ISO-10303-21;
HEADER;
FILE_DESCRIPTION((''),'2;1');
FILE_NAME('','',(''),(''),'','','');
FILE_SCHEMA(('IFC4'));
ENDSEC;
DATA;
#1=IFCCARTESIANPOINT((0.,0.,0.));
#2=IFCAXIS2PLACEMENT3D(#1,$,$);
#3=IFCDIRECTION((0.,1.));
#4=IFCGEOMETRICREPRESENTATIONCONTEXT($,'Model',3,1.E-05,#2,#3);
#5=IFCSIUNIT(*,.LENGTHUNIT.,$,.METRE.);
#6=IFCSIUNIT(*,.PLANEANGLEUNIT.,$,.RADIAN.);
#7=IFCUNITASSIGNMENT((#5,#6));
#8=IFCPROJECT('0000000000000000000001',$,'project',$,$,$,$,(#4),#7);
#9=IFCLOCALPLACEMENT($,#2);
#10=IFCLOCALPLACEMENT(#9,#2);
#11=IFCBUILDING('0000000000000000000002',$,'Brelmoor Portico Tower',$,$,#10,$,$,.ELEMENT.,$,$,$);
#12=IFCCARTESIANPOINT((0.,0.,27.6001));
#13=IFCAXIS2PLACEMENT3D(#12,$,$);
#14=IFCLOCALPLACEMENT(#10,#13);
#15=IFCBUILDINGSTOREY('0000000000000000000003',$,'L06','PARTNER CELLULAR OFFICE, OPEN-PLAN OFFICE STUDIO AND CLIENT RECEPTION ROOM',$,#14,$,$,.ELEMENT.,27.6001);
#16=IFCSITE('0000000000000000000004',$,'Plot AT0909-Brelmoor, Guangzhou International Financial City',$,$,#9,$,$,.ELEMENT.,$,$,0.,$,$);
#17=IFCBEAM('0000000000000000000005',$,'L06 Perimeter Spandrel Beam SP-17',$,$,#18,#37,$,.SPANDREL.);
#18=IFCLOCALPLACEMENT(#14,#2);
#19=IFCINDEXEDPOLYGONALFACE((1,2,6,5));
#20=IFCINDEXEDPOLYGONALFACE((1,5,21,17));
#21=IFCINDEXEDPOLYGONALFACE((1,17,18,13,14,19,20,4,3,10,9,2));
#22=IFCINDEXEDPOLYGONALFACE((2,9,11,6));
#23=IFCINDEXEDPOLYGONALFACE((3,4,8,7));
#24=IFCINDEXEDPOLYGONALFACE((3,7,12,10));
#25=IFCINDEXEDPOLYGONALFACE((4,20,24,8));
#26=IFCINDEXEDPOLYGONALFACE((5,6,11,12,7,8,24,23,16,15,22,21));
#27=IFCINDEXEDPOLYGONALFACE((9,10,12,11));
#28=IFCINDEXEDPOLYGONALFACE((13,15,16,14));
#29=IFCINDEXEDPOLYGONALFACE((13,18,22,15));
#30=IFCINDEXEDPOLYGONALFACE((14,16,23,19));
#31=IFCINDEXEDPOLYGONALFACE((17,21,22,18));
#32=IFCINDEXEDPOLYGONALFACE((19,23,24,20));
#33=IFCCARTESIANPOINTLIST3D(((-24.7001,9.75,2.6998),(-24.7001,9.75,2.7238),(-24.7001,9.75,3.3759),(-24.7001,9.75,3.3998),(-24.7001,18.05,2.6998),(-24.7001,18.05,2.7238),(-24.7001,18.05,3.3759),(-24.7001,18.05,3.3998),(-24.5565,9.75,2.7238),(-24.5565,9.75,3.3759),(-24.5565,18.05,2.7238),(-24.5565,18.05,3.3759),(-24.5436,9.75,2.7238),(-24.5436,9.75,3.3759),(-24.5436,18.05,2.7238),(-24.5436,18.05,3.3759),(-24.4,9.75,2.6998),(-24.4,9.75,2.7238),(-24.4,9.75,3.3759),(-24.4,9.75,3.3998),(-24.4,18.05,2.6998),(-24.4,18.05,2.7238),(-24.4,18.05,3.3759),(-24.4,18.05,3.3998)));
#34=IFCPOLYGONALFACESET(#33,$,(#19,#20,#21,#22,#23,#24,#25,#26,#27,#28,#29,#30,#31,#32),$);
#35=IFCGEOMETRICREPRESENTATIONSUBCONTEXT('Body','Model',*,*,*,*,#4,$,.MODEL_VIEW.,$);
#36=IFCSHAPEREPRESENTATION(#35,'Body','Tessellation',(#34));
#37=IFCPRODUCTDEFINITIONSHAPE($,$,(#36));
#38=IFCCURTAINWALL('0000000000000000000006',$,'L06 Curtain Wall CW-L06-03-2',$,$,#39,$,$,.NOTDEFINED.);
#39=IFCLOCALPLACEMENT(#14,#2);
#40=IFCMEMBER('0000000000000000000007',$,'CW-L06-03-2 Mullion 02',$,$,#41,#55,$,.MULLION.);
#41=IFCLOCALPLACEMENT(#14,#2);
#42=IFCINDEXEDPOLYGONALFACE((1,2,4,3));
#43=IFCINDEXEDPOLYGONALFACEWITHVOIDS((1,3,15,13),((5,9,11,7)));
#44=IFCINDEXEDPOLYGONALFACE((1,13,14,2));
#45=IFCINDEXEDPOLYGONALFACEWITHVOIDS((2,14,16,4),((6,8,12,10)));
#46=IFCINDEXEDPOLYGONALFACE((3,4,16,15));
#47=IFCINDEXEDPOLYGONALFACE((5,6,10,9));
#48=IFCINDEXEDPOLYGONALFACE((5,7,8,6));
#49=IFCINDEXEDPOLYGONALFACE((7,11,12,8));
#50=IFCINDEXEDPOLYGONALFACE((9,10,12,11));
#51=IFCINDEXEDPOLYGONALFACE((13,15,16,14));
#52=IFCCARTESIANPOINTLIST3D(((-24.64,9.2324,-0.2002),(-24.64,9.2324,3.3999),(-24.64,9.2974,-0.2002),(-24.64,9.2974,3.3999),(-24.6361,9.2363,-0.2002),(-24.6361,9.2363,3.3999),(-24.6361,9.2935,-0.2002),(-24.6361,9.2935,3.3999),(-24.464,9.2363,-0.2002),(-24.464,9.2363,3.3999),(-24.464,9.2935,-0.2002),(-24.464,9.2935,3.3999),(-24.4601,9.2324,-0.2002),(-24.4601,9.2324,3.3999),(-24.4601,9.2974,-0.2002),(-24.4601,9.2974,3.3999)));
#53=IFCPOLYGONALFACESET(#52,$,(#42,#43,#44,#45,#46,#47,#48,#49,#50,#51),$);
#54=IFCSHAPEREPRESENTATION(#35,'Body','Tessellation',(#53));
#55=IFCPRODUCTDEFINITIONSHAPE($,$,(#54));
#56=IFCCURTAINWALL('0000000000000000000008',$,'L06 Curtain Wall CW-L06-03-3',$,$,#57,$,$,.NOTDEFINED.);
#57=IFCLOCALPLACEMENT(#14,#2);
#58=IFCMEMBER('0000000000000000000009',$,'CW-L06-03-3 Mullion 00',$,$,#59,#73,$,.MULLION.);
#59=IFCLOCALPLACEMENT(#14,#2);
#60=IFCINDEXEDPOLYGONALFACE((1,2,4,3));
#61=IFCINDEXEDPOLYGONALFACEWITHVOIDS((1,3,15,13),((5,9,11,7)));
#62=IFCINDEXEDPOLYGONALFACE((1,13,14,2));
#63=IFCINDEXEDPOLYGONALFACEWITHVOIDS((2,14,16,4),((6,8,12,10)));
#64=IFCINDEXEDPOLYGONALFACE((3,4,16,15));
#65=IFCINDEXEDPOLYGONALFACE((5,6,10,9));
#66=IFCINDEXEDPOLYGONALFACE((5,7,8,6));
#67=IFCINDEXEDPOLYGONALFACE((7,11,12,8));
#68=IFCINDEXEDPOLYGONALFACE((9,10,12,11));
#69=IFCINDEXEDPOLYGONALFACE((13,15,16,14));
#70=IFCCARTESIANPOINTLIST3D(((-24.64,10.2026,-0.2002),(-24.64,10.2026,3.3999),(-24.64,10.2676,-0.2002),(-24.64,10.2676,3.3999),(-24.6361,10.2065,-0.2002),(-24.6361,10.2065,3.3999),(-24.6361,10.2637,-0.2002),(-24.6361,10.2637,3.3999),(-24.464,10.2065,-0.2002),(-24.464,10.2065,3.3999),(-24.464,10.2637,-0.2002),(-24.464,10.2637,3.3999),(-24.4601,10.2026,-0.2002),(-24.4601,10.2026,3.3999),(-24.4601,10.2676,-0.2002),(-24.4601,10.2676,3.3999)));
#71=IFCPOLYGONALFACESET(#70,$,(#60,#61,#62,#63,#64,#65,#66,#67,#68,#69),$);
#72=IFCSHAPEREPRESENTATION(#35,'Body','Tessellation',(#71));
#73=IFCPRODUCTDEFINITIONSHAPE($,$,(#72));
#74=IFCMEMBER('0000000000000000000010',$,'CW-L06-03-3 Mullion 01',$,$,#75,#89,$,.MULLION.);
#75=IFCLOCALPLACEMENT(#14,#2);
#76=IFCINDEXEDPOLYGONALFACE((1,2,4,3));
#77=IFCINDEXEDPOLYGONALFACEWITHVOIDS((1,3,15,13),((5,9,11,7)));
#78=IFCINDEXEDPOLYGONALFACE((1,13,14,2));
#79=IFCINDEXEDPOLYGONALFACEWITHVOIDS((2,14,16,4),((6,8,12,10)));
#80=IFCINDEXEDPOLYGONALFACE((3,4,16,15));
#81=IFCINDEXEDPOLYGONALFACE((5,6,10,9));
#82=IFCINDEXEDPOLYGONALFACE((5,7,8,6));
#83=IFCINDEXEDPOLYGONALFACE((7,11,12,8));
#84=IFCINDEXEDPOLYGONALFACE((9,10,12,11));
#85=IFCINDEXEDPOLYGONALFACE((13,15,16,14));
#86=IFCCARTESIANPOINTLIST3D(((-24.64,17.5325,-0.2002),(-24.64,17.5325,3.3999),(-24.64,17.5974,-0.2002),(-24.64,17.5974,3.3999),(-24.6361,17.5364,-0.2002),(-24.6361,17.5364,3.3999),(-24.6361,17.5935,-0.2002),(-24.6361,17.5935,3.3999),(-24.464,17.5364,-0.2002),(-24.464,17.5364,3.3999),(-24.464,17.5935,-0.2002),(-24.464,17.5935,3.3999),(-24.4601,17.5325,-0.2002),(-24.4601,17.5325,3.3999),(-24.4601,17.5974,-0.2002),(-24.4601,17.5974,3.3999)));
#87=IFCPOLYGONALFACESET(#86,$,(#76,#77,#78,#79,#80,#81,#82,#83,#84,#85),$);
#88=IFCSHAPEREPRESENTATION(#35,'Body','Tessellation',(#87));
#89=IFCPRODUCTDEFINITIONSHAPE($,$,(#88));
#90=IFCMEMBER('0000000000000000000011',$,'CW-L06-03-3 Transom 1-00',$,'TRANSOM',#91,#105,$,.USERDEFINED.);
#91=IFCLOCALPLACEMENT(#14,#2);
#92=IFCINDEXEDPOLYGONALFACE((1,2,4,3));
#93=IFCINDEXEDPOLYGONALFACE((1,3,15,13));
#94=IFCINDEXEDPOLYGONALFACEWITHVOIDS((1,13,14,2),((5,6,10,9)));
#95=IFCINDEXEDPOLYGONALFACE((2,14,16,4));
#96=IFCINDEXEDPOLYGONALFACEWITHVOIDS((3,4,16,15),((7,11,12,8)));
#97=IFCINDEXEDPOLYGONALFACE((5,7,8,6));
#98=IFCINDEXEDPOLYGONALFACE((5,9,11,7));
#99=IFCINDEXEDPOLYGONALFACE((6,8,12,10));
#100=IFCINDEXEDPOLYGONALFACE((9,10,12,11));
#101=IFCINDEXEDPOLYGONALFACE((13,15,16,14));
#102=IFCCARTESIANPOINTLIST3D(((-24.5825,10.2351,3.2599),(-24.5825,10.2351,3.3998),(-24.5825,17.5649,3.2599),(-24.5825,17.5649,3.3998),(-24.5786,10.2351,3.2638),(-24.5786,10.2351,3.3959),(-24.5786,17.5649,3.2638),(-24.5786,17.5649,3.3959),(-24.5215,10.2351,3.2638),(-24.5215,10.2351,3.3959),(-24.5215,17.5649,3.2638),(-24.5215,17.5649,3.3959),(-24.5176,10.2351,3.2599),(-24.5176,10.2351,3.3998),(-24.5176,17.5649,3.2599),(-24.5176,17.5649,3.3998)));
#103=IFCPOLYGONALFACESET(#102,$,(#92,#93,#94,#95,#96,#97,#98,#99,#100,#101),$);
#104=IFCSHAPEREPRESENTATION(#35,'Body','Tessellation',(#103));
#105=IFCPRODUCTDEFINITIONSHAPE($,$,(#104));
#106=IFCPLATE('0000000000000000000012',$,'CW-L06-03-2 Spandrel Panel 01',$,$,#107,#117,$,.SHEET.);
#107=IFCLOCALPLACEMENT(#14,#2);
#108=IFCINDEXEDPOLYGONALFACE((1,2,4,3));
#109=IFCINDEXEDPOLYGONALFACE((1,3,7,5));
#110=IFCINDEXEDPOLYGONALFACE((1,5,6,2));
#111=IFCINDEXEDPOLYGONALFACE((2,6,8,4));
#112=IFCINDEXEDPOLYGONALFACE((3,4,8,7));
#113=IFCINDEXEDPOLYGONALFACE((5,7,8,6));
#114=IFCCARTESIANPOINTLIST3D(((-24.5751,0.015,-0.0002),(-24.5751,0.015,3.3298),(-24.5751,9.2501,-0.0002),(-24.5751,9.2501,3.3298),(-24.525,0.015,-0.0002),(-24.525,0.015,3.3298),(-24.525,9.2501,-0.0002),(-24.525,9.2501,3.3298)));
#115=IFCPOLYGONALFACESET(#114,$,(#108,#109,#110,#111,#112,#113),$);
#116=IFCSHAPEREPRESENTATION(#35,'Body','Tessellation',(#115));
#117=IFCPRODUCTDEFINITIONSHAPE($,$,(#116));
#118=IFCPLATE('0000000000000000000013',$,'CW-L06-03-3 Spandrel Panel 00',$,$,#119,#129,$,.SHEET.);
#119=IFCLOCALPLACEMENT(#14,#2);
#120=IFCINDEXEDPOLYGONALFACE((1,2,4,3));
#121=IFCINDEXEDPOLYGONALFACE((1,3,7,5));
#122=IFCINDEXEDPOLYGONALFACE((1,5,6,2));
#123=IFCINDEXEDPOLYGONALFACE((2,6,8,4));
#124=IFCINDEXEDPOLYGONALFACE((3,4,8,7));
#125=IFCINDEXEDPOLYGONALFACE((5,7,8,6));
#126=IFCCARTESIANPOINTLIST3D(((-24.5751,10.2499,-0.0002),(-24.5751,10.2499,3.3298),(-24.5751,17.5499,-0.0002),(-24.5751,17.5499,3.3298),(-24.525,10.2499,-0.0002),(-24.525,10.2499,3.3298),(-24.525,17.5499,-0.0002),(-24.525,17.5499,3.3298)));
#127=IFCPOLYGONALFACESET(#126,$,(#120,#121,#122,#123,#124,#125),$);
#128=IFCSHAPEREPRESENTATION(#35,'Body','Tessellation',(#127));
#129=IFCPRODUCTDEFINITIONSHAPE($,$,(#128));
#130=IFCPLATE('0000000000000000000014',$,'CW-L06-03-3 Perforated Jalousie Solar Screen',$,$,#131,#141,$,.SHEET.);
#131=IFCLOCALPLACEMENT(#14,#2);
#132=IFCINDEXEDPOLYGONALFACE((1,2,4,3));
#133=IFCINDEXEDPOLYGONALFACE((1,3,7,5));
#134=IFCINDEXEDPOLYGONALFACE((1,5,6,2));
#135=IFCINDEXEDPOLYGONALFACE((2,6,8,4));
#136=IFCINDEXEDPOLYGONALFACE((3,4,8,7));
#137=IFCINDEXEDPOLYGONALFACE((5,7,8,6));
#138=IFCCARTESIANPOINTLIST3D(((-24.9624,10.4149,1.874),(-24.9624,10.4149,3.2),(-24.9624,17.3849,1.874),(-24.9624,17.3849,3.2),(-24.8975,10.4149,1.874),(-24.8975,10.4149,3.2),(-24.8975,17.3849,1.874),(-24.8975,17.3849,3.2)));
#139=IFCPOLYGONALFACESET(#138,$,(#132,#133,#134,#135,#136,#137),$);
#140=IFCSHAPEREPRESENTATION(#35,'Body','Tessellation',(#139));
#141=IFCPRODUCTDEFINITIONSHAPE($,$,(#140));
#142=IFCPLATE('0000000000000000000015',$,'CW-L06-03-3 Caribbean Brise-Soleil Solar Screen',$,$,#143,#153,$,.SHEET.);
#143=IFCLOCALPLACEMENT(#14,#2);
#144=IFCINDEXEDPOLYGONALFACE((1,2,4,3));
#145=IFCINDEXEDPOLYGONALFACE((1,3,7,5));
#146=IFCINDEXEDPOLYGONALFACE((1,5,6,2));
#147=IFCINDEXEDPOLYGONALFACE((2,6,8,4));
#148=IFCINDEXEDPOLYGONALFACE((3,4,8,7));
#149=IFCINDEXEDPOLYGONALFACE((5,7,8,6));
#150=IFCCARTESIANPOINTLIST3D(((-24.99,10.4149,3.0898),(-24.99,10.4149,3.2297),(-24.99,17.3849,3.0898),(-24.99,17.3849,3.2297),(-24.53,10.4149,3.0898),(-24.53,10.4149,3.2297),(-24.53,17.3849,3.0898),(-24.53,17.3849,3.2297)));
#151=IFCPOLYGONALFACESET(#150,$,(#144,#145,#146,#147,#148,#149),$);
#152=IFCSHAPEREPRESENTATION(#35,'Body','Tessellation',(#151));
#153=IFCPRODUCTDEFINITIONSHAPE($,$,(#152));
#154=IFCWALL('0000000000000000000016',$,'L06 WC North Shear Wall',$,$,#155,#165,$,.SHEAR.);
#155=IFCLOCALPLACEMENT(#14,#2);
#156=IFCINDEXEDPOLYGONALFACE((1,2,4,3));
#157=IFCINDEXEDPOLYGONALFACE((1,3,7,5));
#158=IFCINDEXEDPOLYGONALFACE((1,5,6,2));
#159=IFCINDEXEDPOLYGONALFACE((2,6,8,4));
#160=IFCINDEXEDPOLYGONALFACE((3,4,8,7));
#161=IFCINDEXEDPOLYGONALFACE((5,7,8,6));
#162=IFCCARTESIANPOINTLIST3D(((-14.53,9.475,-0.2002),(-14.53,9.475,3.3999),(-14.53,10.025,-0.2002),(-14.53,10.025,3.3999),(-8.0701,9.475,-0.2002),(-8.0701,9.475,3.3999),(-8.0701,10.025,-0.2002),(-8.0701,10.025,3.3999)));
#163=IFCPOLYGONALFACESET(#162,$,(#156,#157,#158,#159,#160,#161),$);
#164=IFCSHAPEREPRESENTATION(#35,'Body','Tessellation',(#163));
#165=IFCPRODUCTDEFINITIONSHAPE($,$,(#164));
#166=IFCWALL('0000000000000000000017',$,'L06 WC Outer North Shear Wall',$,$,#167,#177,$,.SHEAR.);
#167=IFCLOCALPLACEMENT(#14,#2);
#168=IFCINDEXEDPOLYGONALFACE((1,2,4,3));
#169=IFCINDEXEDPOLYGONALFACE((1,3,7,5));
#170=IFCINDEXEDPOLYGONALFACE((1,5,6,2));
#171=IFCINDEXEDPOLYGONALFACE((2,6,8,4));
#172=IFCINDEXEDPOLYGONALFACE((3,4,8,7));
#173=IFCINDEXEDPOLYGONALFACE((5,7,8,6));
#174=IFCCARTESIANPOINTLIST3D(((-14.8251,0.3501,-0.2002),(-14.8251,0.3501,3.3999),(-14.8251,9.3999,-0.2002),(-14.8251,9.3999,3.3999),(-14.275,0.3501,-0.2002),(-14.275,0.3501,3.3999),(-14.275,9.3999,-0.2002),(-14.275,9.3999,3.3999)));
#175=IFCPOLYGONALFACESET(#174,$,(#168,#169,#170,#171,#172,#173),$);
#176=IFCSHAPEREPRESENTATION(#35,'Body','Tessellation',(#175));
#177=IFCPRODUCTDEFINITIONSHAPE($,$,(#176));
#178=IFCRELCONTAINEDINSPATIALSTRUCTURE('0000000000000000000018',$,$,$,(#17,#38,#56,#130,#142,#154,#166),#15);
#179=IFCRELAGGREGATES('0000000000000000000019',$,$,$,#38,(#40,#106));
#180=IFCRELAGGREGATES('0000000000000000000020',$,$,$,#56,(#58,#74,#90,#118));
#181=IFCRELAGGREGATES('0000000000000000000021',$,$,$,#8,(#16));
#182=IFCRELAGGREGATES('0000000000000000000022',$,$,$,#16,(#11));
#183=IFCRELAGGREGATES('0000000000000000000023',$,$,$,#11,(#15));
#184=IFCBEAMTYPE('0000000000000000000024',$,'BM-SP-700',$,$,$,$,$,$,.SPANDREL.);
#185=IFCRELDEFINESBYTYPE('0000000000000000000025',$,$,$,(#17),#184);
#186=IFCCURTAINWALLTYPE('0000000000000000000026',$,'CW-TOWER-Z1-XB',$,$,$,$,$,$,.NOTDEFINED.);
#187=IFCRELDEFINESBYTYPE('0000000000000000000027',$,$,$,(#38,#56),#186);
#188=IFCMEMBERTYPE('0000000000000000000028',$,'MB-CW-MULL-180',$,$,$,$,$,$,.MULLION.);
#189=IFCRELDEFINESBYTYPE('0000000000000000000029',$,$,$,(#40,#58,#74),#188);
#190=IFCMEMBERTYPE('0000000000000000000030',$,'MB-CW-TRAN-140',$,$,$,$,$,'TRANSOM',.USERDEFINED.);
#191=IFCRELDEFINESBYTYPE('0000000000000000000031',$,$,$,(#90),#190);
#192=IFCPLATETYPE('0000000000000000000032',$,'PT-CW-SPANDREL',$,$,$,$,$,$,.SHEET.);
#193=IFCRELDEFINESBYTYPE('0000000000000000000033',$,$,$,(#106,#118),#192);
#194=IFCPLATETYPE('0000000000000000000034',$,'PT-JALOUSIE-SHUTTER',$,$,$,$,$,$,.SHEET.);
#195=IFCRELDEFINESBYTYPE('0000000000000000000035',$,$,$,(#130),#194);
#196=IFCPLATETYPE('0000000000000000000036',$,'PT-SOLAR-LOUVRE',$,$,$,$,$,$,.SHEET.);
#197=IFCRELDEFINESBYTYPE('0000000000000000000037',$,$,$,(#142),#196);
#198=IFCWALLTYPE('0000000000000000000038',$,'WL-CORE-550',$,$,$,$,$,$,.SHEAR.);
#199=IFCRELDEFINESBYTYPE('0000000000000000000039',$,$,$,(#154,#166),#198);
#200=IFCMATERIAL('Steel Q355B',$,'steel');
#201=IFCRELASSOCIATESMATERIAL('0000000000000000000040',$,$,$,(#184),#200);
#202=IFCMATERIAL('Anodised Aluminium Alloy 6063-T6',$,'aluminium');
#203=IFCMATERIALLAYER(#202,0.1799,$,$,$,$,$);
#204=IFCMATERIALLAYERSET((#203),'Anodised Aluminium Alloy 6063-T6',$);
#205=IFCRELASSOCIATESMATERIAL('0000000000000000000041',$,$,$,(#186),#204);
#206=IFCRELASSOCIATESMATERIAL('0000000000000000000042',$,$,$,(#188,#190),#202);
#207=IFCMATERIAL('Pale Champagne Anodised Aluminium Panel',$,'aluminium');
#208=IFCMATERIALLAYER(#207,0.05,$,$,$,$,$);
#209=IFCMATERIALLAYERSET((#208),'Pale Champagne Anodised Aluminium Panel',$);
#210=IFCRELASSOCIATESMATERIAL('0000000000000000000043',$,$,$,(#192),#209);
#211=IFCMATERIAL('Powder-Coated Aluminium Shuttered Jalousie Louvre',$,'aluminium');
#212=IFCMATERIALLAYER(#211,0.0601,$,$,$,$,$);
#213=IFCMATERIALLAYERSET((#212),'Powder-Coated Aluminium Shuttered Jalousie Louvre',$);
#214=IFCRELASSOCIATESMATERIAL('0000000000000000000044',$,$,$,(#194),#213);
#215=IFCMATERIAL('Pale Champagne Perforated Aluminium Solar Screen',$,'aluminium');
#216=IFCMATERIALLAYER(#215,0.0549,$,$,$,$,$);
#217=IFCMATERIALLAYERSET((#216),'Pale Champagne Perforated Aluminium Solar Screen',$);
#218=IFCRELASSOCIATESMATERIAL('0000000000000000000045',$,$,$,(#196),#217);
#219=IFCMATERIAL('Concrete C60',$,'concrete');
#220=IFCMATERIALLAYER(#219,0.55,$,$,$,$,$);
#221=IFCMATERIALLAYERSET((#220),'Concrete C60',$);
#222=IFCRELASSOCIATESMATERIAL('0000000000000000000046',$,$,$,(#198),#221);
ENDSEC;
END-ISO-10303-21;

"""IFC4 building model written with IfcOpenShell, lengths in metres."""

from ifc_helpers import new_model, si_unit, direction, frame, frame_2d, origin, origin_2d, place, context, subcontext, project, spatial, rectangle, hollow_rectangle, i_section, extrude, material, layer, layer_set, material_profile, profile_set, type_object, element, aggregate, save


model = new_model("IFC4")

# Units and contexts
model_context = context("Model", 3, precision=1e-05, world=origin(), true_north=direction((0.0, 1.0)))
body_context = subcontext(model_context, "Body", "Model", "MODEL_VIEW")
ifc_project = project(units=[si_unit("LENGTHUNIT", "METRE"), si_unit("PLANEANGLEUNIT", "RADIAN")], contexts=[model_context])

# Site, building, storey
site_placement = place(None, origin())
site = spatial("IfcSite", under=ifc_project, at=site_placement, Name="Plot AT0909-Brelmoor, Guangzhou International Financial City", CompositionType="ELEMENT", RefElevation=0.0)
building_placement = place(site_placement, origin())
building = spatial("IfcBuilding", under=site, at=building_placement, Name="Brelmoor Portico Tower", CompositionType="ELEMENT")
storey_placement = place(building_placement, frame((0.0, 0.0, 27.6001)))
storey = spatial("IfcBuildingStorey", under=building, at=storey_placement, Name="L06", Description="PARTNER CELLULAR OFFICE, OPEN-PLAN OFFICE STUDIO AND CLIENT RECEPTION ROOM", CompositionType="ELEMENT", Elevation=27.6001)

# Beam
ifc_material_1 = material(Name="Steel Q355B", Category="steel")
ifc_material_profile_1 = material_profile(ifc_material_1, i_section(OverallWidth=0.3, OverallDepth=0.7, WebThickness=0.0129, FlangeThickness=0.0239, at=origin_2d()), Name="HN 700x300x13x24")
ifc_profile_set_1 = profile_set([ifc_material_profile_1], Name="Steel Q355B")
beam_type_1 = type_object("IfcBeamType", Name="BM-SP-700", PredefinedType="SPANDREL", material=ifc_profile_set_1)
beam_1_placement = place(storey_placement, frame((-24.55, 9.75, 3.0498), z_axis=(0.0, 1.0, 0.0), x_axis=(-1.0, 0.0, 0.0)))
element("IfcBeam", 1, at=beam_1_placement, inside=storey, type_object=beam_type_1, Name="L06 Perimeter Spandrel Beam SP-17", PredefinedType="SPANDREL", context=body_context, shape_type="SweptSolid", body=[
    extrude(i_section(OverallWidth=0.3, OverallDepth=0.7, WebThickness=0.0129, FlangeThickness=0.0239, at=origin_2d()), origin(), (0.0, 0.0, 1.0), 8.3),
])

# Curtain wall, member
ifc_material_2 = material(Name="Anodised Aluminium Alloy 6063-T6", Category="aluminium")
ifc_layer_1 = layer(ifc_material_2, 0.1799)
ifc_layer_set_1 = layer_set([ifc_layer_1], Name="Anodised Aluminium Alloy 6063-T6")
curtain_wall_type = type_object("IfcCurtainWallType", Name="CW-TOWER-Z1-XB", PredefinedType="NOTDEFINED", material=ifc_layer_set_1)
curtain_wall_1_placement = place(storey_placement, origin())
curtain_wall_1 = element("IfcCurtainWall", 2, at=curtain_wall_1_placement, inside=storey, type_object=curtain_wall_type, Name="L06 Curtain Wall CW-L06-03-2", PredefinedType="NOTDEFINED")
ifc_material_profile_2 = material_profile(ifc_material_2, hollow_rectangle(XDim=0.0649, YDim=0.1799, WallThickness=0.0039, at=origin_2d()), Name="ALU MULLION 65x180")
ifc_profile_set_2 = profile_set([ifc_material_profile_2], Name="Anodised Aluminium Alloy 6063-T6")
member_type_1 = type_object("IfcMemberType", Name="MB-CW-MULL-180", PredefinedType="MULLION", material=ifc_profile_set_2)
member_1_placement = place(storey_placement, frame((-24.55, 9.2649, -0.2002), z_axis=(0.0, 0.0, 1.0), x_axis=(0.0, 1.0, 0.0)))
member_1 = element("IfcMember", 3, at=member_1_placement, type_object=member_type_1, Name="CW-L06-03-2 Mullion 02", PredefinedType="MULLION", context=body_context, shape_type="SweptSolid", body=[
    extrude(hollow_rectangle(XDim=0.0649, YDim=0.1799, WallThickness=0.0039, at=origin_2d()), origin(), (0.0, 0.0, 1.0), 3.6001),
])

# Curtain wall, members
curtain_wall_2_placement = place(storey_placement, origin())
curtain_wall_2 = element("IfcCurtainWall", 4, at=curtain_wall_2_placement, inside=storey, type_object=curtain_wall_type, Name="L06 Curtain Wall CW-L06-03-3", PredefinedType="NOTDEFINED")
member_2_placement = place(storey_placement, frame((-24.55, 10.2351, -0.2002), z_axis=(0.0, 0.0, 1.0), x_axis=(0.0, 1.0, 0.0)))
member_2 = element("IfcMember", 5, at=member_2_placement, type_object=member_type_1, Name="CW-L06-03-3 Mullion 00", PredefinedType="MULLION", context=body_context, shape_type="SweptSolid", body=[
    extrude(hollow_rectangle(XDim=0.0649, YDim=0.1799, WallThickness=0.0039, at=origin_2d()), origin(), (0.0, 0.0, 1.0), 3.6001),
])
member_3_placement = place(storey_placement, frame((-24.55, 17.5649, -0.2002), z_axis=(0.0, 0.0, 1.0), x_axis=(0.0, 1.0, 0.0)))
member_3 = element("IfcMember", 6, at=member_3_placement, type_object=member_type_1, Name="CW-L06-03-3 Mullion 01", PredefinedType="MULLION", context=body_context, shape_type="SweptSolid", body=[
    extrude(hollow_rectangle(XDim=0.0649, YDim=0.1799, WallThickness=0.0039, at=origin_2d()), origin(), (0.0, 0.0, 1.0), 3.6001),
])
ifc_material_profile_3 = material_profile(ifc_material_2, hollow_rectangle(XDim=0.0649, YDim=0.1399, WallThickness=0.0039, at=origin_2d()), Name="ALU TRANSOM 65x140")
ifc_profile_set_3 = profile_set([ifc_material_profile_3], Name="Anodised Aluminium Alloy 6063-T6")
member_type_2 = type_object("IfcMemberType", Name="MB-CW-TRAN-140", ElementType="TRANSOM", PredefinedType="USERDEFINED", material=ifc_profile_set_3)
member_4_placement = place(storey_placement, frame((-24.55, 10.2351, 3.3298), z_axis=(0.0, 1.0, 0.0), x_axis=(-1.0, 0.0, 0.0)))
member_4 = element("IfcMember", 7, at=member_4_placement, type_object=member_type_2, Name="CW-L06-03-3 Transom 1-00", ObjectType="TRANSOM", PredefinedType="USERDEFINED", context=body_context, shape_type="SweptSolid", body=[
    extrude(hollow_rectangle(XDim=0.0649, YDim=0.1399, WallThickness=0.0039, at=origin_2d()), origin(), (0.0, 0.0, 1.0), 7.3298),
])

# Plates
ifc_material_3 = material(Name="Pale Champagne Anodised Aluminium Panel", Category="aluminium")
ifc_layer_2 = layer(ifc_material_3, 0.05)
ifc_layer_set_2 = layer_set([ifc_layer_2], Name="Pale Champagne Anodised Aluminium Panel")
plate_type_1 = type_object("IfcPlateType", Name="PT-CW-SPANDREL", PredefinedType="SHEET", material=ifc_layer_set_2)
plate_1_placement = place(storey_placement, frame((-24.55, 4.6326, -0.0002), z_axis=(0.0, 0.0, 1.0), x_axis=(0.0, 1.0, 0.0)))
plate_1 = element("IfcPlate", 8, at=plate_1_placement, type_object=plate_type_1, Name="CW-L06-03-2 Spandrel Panel 01", PredefinedType="SHEET", context=body_context, shape_type="SweptSolid", body=[
    extrude(rectangle(XDim=9.2351, YDim=0.05, at=origin_2d()), origin(), (0.0, 0.0, 1.0), 3.3301),
])
aggregate(curtain_wall_1, [member_1, plate_1])
plate_2_placement = place(storey_placement, frame((-24.55, 13.8999, -0.0002), z_axis=(0.0, 0.0, 1.0), x_axis=(0.0, 1.0, 0.0)))
plate_2 = element("IfcPlate", 9, at=plate_2_placement, type_object=plate_type_1, Name="CW-L06-03-3 Spandrel Panel 00", PredefinedType="SHEET", context=body_context, shape_type="SweptSolid", body=[
    extrude(rectangle(XDim=7.3, YDim=0.05, at=origin_2d()), origin(), (0.0, 0.0, 1.0), 3.3301),
])
aggregate(curtain_wall_2, [member_2, member_3, member_4, plate_2])

# Plates
ifc_material_4 = material(Name="Powder-Coated Aluminium Shuttered Jalousie Louvre", Category="aluminium")
ifc_layer_3 = layer(ifc_material_4, 0.0601)
ifc_layer_set_3 = layer_set([ifc_layer_3], Name="Powder-Coated Aluminium Shuttered Jalousie Louvre")
plate_type_2 = type_object("IfcPlateType", Name="PT-JALOUSIE-SHUTTER", PredefinedType="SHEET", material=ifc_layer_set_3)
plate_3_placement = place(storey_placement, frame((-24.9299, 13.8999, 1.874), z_axis=(0.0, 0.0, 1.0), x_axis=(0.0, 1.0, 0.0)))
element("IfcPlate", 10, at=plate_3_placement, inside=storey, type_object=plate_type_2, Name="CW-L06-03-3 Perforated Jalousie Solar Screen", PredefinedType="SHEET", context=body_context, shape_type="SweptSolid", body=[
    extrude(rectangle(XDim=6.97, YDim=0.0649, at=origin_2d()), origin(), (0.0, 0.0, 1.0), 1.3259),
])
ifc_material_5 = material(Name="Pale Champagne Perforated Aluminium Solar Screen", Category="aluminium")
ifc_layer_4 = layer(ifc_material_5, 0.0549)
ifc_layer_set_4 = layer_set([ifc_layer_4], Name="Pale Champagne Perforated Aluminium Solar Screen")
plate_type_3 = type_object("IfcPlateType", Name="PT-SOLAR-LOUVRE", PredefinedType="SHEET", material=ifc_layer_set_4)
plate_4_placement = place(storey_placement, frame((-24.76, 13.8999, 3.0898), z_axis=(0.0, 0.0, 1.0), x_axis=(0.0, 1.0, 0.0)))
element("IfcPlate", 11, at=plate_4_placement, inside=storey, type_object=plate_type_3, Name="CW-L06-03-3 Caribbean Brise-Soleil Solar Screen", PredefinedType="SHEET", context=body_context, shape_type="SweptSolid", body=[
    extrude(rectangle(XDim=6.97, YDim=0.46, at=origin_2d()), origin(), (0.0, 0.0, 1.0), 0.1399),
])

# Walls
ifc_material_6 = material(Name="Concrete C60", Category="concrete")
ifc_layer_5 = layer(ifc_material_6, 0.55)
ifc_layer_set_5 = layer_set([ifc_layer_5], Name="Concrete C60")
wall_type_1 = type_object("IfcWallType", Name="WL-CORE-550", PredefinedType="SHEAR", material=ifc_layer_set_5)
wall_1_placement = place(storey_placement, frame((-14.53, 9.75, -0.2002), z_axis=(0.0, 0.0, 1.0), x_axis=(1.0, 0.0, 0.0)))
element("IfcWall", 12, at=wall_1_placement, inside=storey, type_object=wall_type_1, Name="L06 WC North Shear Wall", PredefinedType="SHEAR", context=body_context, shape_type="SweptSolid", body=[
    extrude(rectangle(XDim=6.46, YDim=0.55, at=frame_2d((3.23, 0.0))), origin(), (0.0, 0.0, 1.0), 3.6001),
])
wall_2_placement = place(storey_placement, frame((-14.55, 0.3501, -0.2002), z_axis=(0.0, 0.0, 1.0), x_axis=(0.0, 1.0, 0.0)))
element("IfcWall", 13, at=wall_2_placement, inside=storey, type_object=wall_type_1, Name="L06 WC Outer North Shear Wall", PredefinedType="SHEAR", context=body_context, shape_type="SweptSolid", body=[
    extrude(rectangle(XDim=9.0498, YDim=0.55, at=frame_2d((4.5249, 0.0))), origin(), (0.0, 0.0, 1.0), 3.6001),
])

save(model, "model.ifc")
